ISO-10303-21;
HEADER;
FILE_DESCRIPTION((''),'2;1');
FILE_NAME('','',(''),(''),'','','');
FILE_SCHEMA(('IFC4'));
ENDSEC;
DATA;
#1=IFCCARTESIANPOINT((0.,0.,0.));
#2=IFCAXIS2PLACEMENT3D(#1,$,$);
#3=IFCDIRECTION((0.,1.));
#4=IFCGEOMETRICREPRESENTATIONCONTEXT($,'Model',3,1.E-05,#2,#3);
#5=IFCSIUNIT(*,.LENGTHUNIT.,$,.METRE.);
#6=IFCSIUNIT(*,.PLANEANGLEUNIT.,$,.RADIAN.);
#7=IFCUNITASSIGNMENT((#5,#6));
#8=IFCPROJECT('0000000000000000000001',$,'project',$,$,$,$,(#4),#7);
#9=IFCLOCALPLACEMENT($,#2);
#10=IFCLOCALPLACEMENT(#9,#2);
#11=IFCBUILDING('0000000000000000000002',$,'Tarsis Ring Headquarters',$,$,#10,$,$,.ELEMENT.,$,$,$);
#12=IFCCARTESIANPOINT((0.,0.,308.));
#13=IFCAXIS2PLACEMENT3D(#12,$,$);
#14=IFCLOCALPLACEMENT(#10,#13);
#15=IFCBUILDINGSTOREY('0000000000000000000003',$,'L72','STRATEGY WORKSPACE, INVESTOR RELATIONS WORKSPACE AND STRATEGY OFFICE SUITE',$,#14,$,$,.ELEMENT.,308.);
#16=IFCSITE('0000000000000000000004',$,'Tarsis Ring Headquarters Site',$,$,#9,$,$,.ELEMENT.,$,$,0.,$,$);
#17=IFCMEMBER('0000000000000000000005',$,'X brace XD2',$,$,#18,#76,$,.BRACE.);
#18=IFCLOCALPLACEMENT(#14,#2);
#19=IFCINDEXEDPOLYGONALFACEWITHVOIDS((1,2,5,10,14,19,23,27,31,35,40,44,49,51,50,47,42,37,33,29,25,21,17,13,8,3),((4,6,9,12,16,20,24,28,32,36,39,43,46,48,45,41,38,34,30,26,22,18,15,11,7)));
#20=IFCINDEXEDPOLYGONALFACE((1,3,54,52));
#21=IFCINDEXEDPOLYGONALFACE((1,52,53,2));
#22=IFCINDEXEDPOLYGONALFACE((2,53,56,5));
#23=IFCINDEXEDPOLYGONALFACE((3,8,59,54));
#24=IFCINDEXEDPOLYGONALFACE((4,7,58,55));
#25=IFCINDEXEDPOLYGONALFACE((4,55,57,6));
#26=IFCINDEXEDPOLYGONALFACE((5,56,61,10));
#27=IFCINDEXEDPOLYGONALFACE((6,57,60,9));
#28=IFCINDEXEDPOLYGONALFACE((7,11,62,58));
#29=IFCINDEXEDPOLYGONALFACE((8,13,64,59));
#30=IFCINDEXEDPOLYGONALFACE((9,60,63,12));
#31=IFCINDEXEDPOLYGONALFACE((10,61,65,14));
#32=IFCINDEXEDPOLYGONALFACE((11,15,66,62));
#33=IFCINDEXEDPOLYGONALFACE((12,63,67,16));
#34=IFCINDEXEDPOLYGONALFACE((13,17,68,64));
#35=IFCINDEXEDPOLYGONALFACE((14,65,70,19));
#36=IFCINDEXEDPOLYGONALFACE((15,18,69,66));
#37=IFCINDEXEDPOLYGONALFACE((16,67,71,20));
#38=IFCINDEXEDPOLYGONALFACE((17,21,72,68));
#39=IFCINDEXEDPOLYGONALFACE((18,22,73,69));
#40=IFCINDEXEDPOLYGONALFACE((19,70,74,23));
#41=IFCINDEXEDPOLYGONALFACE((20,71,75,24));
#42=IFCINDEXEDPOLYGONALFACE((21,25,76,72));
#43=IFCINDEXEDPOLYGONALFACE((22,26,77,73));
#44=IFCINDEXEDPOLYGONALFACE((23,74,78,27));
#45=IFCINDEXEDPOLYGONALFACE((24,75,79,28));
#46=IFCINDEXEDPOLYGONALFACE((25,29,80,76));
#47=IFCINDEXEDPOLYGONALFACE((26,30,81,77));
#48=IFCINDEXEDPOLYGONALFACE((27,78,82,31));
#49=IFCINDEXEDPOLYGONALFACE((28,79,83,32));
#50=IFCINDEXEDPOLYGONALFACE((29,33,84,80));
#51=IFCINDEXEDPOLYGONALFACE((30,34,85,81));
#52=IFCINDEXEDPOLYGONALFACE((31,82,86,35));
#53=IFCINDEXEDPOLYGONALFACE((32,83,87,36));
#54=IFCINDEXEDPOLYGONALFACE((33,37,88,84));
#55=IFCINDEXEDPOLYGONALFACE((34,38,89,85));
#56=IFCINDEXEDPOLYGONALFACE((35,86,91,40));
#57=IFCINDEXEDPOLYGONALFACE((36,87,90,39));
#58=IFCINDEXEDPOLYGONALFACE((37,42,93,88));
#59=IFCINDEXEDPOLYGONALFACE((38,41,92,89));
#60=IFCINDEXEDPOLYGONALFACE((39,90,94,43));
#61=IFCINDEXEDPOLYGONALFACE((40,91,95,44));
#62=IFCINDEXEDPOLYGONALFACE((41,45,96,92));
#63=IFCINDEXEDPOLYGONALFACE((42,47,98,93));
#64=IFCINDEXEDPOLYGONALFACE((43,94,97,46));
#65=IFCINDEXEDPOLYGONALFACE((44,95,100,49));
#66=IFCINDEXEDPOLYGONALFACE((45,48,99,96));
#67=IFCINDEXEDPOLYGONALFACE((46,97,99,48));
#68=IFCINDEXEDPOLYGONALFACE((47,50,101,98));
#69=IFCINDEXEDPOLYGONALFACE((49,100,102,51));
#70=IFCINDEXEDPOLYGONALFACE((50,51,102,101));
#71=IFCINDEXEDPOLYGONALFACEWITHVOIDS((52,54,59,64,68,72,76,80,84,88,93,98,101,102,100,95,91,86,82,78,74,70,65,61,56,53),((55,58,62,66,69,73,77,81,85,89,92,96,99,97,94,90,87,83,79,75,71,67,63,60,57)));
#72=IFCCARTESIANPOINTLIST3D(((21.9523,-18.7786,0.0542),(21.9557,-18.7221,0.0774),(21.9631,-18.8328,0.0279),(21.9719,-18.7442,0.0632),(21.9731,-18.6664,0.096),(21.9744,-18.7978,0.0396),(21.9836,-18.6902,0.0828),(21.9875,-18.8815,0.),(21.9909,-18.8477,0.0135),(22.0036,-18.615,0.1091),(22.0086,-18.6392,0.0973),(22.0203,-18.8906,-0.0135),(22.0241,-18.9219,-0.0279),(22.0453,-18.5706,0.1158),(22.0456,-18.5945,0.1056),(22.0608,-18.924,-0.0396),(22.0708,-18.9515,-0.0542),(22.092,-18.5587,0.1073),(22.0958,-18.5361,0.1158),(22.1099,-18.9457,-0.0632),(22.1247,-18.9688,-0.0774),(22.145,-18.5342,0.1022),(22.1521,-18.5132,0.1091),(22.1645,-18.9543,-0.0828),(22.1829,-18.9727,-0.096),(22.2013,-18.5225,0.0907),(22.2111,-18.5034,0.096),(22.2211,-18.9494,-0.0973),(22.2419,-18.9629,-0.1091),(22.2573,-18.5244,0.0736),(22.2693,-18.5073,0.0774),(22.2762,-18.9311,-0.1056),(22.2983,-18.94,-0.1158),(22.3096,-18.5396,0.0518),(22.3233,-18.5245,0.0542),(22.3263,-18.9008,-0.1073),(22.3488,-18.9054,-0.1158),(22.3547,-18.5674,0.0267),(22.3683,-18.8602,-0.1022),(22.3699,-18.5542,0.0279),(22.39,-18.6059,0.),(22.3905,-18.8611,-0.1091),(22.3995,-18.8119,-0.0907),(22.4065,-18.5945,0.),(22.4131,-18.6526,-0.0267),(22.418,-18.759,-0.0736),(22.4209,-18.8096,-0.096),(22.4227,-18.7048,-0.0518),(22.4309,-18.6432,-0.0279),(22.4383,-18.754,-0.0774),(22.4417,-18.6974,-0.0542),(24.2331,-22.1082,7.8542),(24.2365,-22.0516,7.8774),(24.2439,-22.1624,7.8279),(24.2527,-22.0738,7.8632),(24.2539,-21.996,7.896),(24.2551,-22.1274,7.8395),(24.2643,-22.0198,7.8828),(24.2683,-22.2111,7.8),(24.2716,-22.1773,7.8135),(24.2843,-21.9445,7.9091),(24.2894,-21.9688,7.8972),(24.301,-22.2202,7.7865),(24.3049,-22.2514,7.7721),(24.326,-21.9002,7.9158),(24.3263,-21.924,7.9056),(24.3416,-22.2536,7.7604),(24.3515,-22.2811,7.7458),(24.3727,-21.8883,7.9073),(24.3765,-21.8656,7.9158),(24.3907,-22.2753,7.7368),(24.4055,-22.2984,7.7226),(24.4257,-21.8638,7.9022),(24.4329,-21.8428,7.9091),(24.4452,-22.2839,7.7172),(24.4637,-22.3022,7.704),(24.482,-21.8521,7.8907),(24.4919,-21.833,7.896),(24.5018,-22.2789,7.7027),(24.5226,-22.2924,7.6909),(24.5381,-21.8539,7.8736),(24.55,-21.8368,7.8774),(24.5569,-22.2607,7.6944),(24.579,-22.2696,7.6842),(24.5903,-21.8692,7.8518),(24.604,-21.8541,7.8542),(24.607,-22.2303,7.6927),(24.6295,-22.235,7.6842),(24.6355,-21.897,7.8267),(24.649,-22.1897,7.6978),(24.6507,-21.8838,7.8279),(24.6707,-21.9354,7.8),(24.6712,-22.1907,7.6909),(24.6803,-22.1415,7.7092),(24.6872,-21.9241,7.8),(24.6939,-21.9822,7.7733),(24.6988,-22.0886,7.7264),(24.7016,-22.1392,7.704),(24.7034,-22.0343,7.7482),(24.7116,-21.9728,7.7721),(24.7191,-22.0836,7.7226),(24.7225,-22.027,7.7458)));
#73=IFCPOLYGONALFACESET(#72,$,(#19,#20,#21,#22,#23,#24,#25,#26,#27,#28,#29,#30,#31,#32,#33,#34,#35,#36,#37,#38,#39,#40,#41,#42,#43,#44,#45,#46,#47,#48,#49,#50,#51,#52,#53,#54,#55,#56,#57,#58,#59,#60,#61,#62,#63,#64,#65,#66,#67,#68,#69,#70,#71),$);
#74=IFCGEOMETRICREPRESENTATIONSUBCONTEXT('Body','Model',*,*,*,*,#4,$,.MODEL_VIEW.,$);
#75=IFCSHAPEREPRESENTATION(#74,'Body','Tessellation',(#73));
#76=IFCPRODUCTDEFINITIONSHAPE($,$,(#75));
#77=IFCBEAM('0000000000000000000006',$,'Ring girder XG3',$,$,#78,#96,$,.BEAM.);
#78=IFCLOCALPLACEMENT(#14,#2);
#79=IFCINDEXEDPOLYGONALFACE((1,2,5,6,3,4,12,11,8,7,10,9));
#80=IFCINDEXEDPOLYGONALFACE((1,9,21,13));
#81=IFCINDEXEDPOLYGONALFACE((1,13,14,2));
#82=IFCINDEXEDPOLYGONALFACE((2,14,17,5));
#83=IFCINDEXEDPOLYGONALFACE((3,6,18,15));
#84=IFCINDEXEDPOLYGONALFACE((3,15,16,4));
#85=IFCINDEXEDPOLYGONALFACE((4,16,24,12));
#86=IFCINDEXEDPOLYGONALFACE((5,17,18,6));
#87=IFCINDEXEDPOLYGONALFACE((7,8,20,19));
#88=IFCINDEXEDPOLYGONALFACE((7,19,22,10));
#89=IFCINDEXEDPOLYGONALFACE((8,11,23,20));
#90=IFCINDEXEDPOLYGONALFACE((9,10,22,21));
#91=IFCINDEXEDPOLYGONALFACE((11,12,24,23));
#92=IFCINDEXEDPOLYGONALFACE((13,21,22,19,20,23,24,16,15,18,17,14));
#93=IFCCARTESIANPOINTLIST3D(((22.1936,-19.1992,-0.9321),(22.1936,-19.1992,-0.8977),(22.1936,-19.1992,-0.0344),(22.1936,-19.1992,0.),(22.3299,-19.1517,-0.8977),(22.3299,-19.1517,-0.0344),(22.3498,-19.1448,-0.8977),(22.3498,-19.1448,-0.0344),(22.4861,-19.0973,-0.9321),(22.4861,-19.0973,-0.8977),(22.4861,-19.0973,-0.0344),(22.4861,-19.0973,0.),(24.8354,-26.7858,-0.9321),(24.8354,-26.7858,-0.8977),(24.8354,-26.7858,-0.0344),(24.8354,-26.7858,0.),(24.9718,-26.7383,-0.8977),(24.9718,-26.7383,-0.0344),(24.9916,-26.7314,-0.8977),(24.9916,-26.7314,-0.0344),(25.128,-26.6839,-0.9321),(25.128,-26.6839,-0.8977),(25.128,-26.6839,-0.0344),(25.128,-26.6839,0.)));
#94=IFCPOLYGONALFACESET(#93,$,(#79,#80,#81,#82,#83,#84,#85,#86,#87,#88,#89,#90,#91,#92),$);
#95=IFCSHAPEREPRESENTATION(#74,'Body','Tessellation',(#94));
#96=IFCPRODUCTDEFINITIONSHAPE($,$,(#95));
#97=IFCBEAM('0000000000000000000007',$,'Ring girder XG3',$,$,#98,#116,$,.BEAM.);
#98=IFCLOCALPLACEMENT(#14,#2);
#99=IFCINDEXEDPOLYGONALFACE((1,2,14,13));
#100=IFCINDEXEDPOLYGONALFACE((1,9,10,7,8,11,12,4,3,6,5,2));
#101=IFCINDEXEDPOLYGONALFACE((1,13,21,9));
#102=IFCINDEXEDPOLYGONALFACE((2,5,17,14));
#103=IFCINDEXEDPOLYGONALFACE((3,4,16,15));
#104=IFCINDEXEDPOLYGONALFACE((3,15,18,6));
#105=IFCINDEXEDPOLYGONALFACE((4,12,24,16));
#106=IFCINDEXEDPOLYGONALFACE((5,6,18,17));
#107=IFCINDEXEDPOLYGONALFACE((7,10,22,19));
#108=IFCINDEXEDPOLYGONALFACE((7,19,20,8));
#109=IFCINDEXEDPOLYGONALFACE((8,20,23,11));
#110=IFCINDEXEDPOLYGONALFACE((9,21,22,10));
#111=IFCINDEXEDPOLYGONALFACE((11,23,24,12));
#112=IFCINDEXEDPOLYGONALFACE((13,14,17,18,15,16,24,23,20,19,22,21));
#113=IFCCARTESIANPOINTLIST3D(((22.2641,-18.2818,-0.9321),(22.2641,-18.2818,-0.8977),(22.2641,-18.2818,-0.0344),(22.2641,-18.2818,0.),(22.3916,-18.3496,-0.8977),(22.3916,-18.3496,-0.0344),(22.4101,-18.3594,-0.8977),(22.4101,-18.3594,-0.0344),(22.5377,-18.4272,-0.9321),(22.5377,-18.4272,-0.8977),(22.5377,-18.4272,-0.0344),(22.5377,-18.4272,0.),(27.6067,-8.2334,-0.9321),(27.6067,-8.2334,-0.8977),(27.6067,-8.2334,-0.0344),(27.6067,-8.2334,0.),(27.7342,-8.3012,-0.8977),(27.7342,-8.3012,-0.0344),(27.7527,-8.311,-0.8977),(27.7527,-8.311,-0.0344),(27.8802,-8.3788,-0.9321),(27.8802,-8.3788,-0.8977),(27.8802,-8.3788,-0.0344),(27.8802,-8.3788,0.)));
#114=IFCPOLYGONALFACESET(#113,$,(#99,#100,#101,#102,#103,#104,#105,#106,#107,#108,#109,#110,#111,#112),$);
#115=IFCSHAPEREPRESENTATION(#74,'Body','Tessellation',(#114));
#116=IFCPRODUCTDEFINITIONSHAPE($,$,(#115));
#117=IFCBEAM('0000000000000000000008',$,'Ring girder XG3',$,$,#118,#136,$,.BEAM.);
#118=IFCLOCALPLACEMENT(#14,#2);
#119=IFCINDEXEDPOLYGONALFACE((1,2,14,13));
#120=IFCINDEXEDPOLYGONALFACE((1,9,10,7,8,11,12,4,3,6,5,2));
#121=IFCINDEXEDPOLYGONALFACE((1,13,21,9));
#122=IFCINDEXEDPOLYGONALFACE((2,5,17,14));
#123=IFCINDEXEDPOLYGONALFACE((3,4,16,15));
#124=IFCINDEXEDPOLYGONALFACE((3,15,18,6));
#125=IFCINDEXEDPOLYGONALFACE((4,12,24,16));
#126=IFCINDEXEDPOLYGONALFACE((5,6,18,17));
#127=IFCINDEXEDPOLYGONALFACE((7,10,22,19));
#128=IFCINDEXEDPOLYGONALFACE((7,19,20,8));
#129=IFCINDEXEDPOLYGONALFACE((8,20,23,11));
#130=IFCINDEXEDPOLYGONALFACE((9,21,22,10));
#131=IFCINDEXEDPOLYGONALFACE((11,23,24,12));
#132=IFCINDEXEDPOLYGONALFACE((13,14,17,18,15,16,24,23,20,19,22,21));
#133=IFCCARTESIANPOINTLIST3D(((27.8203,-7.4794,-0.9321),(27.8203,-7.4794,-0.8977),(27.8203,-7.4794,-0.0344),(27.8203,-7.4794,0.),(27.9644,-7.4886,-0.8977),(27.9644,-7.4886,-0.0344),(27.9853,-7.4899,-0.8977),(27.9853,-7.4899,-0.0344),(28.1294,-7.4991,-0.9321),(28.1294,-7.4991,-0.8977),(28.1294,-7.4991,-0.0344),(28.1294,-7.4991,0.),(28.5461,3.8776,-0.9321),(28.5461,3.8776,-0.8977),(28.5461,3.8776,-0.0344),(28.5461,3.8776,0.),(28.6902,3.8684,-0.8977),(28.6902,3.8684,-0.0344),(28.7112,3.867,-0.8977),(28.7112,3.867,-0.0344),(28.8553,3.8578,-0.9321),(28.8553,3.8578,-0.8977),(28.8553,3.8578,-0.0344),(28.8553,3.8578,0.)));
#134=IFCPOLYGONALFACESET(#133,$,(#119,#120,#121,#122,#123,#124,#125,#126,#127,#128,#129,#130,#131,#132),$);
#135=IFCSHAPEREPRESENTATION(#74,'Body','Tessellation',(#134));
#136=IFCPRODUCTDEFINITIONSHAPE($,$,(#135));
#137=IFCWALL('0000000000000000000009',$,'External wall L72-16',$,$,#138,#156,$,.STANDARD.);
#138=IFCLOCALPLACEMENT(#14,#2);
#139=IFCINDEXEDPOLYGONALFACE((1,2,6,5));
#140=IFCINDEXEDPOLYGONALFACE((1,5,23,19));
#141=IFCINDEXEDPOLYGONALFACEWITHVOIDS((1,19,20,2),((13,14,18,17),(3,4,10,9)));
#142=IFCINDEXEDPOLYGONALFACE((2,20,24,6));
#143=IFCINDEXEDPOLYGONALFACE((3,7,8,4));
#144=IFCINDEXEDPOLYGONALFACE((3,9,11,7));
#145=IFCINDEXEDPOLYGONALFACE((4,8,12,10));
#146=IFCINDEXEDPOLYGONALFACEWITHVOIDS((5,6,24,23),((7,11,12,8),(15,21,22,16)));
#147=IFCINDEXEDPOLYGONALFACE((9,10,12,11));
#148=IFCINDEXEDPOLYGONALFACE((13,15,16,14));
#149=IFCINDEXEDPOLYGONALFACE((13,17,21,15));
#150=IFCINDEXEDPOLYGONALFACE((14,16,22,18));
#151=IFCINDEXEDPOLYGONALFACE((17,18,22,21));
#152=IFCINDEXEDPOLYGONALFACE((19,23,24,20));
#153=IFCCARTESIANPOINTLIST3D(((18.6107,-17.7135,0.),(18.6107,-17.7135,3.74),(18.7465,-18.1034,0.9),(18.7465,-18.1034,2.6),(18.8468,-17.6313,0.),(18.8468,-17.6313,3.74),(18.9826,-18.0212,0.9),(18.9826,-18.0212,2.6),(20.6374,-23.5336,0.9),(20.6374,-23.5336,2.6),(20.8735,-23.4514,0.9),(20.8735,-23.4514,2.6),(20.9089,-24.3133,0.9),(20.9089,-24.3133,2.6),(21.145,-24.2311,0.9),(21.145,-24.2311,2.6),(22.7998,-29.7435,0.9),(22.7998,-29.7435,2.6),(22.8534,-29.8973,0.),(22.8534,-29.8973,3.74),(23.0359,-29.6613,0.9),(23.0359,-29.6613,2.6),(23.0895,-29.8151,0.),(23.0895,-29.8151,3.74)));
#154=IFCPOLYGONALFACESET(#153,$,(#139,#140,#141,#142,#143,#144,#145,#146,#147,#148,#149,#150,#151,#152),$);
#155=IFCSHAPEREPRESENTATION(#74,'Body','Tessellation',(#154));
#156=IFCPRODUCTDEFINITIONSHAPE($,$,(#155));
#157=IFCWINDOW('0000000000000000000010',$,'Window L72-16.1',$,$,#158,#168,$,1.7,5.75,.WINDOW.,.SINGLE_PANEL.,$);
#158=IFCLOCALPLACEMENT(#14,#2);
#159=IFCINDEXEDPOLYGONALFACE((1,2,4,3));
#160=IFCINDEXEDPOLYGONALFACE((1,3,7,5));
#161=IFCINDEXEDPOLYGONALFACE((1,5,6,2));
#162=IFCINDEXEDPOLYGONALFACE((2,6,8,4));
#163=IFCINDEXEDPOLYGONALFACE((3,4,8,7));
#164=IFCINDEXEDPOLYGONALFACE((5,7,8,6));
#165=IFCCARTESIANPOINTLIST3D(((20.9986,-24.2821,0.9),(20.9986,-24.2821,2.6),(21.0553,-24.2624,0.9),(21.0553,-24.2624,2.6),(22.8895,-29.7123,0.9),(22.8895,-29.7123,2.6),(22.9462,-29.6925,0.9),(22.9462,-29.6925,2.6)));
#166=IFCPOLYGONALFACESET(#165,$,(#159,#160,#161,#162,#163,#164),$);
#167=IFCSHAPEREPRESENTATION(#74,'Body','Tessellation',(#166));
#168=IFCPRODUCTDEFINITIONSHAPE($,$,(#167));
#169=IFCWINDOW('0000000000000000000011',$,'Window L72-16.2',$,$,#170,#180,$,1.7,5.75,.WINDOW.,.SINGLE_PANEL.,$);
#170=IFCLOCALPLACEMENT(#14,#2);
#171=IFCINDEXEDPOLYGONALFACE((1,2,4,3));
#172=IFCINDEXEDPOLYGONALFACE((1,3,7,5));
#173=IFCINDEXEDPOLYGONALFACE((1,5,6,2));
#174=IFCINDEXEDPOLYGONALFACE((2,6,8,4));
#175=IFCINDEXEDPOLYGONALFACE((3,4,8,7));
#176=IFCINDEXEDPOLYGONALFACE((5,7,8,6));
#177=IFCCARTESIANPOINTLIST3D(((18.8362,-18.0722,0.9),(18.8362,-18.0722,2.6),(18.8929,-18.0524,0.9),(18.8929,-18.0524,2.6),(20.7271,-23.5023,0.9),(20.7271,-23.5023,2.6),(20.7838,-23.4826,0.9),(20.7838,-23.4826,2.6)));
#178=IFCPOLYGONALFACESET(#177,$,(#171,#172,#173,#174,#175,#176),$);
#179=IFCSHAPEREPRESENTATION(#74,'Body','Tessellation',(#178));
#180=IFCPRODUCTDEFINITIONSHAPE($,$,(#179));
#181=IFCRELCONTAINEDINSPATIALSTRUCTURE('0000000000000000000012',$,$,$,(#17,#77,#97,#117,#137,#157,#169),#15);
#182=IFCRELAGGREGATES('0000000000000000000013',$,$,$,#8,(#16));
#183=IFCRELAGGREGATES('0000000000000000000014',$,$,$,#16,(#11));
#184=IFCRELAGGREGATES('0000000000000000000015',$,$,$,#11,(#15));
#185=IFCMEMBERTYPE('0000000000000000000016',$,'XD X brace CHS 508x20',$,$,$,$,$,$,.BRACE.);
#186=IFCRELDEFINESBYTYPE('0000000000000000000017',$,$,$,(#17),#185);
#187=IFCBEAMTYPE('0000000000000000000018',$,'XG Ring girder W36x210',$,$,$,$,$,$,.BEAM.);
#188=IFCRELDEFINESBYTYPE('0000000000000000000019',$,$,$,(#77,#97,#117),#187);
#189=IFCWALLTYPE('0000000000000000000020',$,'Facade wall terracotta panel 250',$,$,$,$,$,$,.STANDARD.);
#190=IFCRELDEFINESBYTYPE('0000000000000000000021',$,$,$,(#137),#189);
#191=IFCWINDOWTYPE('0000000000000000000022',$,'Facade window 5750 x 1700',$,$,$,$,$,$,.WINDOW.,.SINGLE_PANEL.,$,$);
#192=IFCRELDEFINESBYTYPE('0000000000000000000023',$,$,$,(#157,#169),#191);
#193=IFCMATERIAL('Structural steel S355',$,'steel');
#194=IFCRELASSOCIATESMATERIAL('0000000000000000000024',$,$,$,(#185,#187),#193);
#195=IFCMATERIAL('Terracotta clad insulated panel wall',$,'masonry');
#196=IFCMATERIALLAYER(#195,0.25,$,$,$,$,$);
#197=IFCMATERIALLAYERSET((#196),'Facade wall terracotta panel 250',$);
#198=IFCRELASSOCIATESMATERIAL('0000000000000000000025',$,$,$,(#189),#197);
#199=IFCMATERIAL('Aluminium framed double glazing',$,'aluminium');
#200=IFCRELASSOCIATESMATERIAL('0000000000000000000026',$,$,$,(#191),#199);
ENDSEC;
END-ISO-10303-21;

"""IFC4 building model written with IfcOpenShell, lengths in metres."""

from ifc_helpers import new_model, si_unit, direction, frame, frame_2d, origin, origin_2d, place, context, subcontext, project, spatial, rectangle, hollow_circle, i_section, extrude, material, layer, layer_set, material_profile, profile_set, type_object, element, fill, save


model = new_model("IFC4")

# Units and contexts
model_context = context("Model", 3, precision=1e-05, world=origin(), true_north=direction((0.0, 1.0)))
body_context = subcontext(model_context, "Body", "Model", "MODEL_VIEW")
ifc_project = project(units=[si_unit("LENGTHUNIT", "METRE"), si_unit("PLANEANGLEUNIT", "RADIAN")], contexts=[model_context])

# Site, building, storey
site_placement = place(None, origin())
site = spatial("IfcSite", under=ifc_project, at=site_placement, Name="Tarsis Ring Headquarters Site", CompositionType="ELEMENT", RefElevation=0.0)
building_placement = place(site_placement, origin())
building = spatial("IfcBuilding", under=site, at=building_placement, Name="Tarsis Ring Headquarters", CompositionType="ELEMENT")
storey_placement = place(building_placement, frame((0.0, 0.0, 308.0)))
storey = spatial("IfcBuildingStorey", under=building, at=storey_placement, Name="L72", Description="STRATEGY WORKSPACE, INVESTOR RELATIONS WORKSPACE AND STRATEGY OFFICE SUITE", CompositionType="ELEMENT", Elevation=308.0)

# Shared definitions
ifc_material_1 = material(Name="Structural steel S355", Category="steel")

# Member
ifc_material_profile_1 = material_profile(ifc_material_1, hollow_circle(Radius=0.2539, WallThickness=0.02, at=origin_2d()), Name="CHS 508x20")
ifc_profile_set_1 = profile_set([ifc_material_profile_1], Name="Structural steel S355")
member_type = type_object("IfcMemberType", Name="XD X brace CHS 508x20", PredefinedType="BRACE", material=ifc_profile_set_1)
member_1_placement = place(storey_placement, frame((22.197, -18.738, 0.0), z_axis=(0.2597, -0.379125, 0.888156), x_axis=(0.825004, 0.565126, 0.0)))
element("IfcMember", 1, at=member_1_placement, inside=storey, type_object=member_type, Name="X brace XD2", PredefinedType="BRACE", context=body_context, shape_type="SweptSolid", body=[
    extrude(hollow_circle(Radius=0.2539, WallThickness=0.02, at=origin_2d()), origin(), (0.0, 0.0, 1.0), 8.7822),
])

# Beams
ifc_material_profile_2 = material_profile(ifc_material_1, i_section(OverallWidth=0.3098, OverallDepth=0.9321, WebThickness=0.021, FlangeThickness=0.0344, at=origin_2d()), Name="W36x210")
ifc_profile_set_2 = profile_set([ifc_material_profile_2], Name="Structural steel S355")
beam_type = type_object("IfcBeamType", Name="XG Ring girder W36x210", PredefinedType="BEAM", material=ifc_profile_set_2)
beam_1_placement = place(storey_placement, frame((24.9817, -26.7349, -0.4661), z_axis=(-0.328854, 0.944381, 0.0), x_axis=(-0.944381, -0.328854, 0.0)))
element("IfcBeam", 2, at=beam_1_placement, inside=storey, type_object=beam_type, Name="Ring girder XG3", PredefinedType="BEAM", context=body_context, shape_type="SweptSolid", body=[
    extrude(i_section(OverallWidth=0.3098, OverallDepth=0.9321, WebThickness=0.021, FlangeThickness=0.0344, at=origin_2d()), origin(), (0.0, 0.0, 1.0), 8.0334),
])
beam_2_placement = place(storey_placement, frame((22.4009, -18.3545, -0.4661), z_axis=(0.469453, 0.882957, 0.0), x_axis=(-0.882957, 0.469453, 0.0)))
element("IfcBeam", 3, at=beam_2_placement, inside=storey, type_object=beam_type, Name="Ring girder XG3", PredefinedType="BEAM", context=body_context, shape_type="SweptSolid", body=[
    extrude(i_section(OverallWidth=0.3098, OverallDepth=0.9321, WebThickness=0.021, FlangeThickness=0.0344, at=origin_2d()), origin(), (0.0, 0.0, 1.0), 11.3804),
])
beam_3_placement = place(storey_placement, frame((27.9749, -7.4893, -0.4661), z_axis=(0.063781, 0.997964, 0.0), x_axis=(-0.997964, 0.063781, 0.0)))
element("IfcBeam", 4, at=beam_3_placement, inside=storey, type_object=beam_type, Name="Ring girder XG3", PredefinedType="BEAM", context=body_context, shape_type="SweptSolid", body=[
    extrude(i_section(OverallWidth=0.3098, OverallDepth=0.9321, WebThickness=0.021, FlangeThickness=0.0344, at=origin_2d()), origin(), (0.0, 0.0, 1.0), 11.3801),
])

# Wall, openings, windows
ifc_material_2 = material(Name="Terracotta clad insulated panel wall", Category="masonry")
ifc_layer = layer(ifc_material_2, 0.25)
ifc_layer_set = layer_set([ifc_layer], Name="Facade wall terracotta panel 250")
wall_type = type_object("IfcWallType", Name="Facade wall terracotta panel 250", PredefinedType="STANDARD", material=ifc_layer_set)
wall_1_placement = place(storey_placement, frame((22.9714, -29.8562, 0.0), z_axis=(0.0, 0.0, 1.0), x_axis=(-0.328854, 0.944381, 0.0)))
wall_1 = element("IfcWall", 5, at=wall_1_placement, inside=storey, type_object=wall_type, Name="External wall L72-16", PredefinedType="STANDARD", context=body_context, shape_type="SweptSolid", body=[
    extrude(rectangle(XDim=12.9014, YDim=0.25, at=frame_2d((6.4507, 0.0))), origin(), (0.0, 0.0, 1.0), 3.74),
])
opening_1_placement = place(wall_1_placement, frame((0.1628, 0.0, 0.8999)))
opening_1 = element("IfcOpeningElement", 6, at=opening_1_placement, cuts=wall_1, PredefinedType="OPENING", context=body_context, shape_type="SweptSolid", body=[
    extrude(rectangle(XDim=5.75, YDim=1.7, at=frame_2d((2.875, 0.8501))), frame((0.0, 0.135, 0.0), z_axis=(0.0, -1.0, 0.0), x_axis=(1.0, 0.0, 0.0)), (0.0, 0.0, 1.0), 0.27),
])
opening_2_placement = place(wall_1_placement, frame((6.7385, 0.0, 0.8999)))
opening_2 = element("IfcOpeningElement", 7, at=opening_2_placement, cuts=wall_1, PredefinedType="OPENING", context=body_context, shape_type="SweptSolid", body=[
    extrude(rectangle(XDim=5.75, YDim=1.7, at=frame_2d((2.875, 0.8501))), frame((0.0, 0.135, 0.0), z_axis=(0.0, -1.0, 0.0), x_axis=(1.0, 0.0, 0.0)), (0.0, 0.0, 1.0), 0.27),
])
ifc_material_3 = material(Name="Aluminium framed double glazing", Category="aluminium")
window_type_1 = type_object("IfcWindowType", Name="Facade window 5750 x 1700", PartitioningType="SINGLE_PANEL", PredefinedType="WINDOW", material=ifc_material_3)
window_1_placement = place(opening_1_placement, origin())
window_1 = element("IfcWindow", 8, at=window_1_placement, inside=storey, type_object=window_type_1, Name="Window L72-16.1", OverallHeight=1.7, OverallWidth=5.75, PartitioningType="SINGLE_PANEL", PredefinedType="WINDOW", context=body_context, shape_type="SweptSolid", body=[
    extrude(rectangle(XDim=5.75, YDim=1.7, at=frame_2d((2.875, 0.8501))), frame((0.0, 0.03, 0.0), z_axis=(0.0, -1.0, 0.0), x_axis=(1.0, 0.0, 0.0)), (0.0, 0.0, 1.0), 0.0601),
])
fill(opening_1, window_1)
window_2_placement = place(opening_2_placement, origin())
window_2 = element("IfcWindow", 9, at=window_2_placement, inside=storey, type_object=window_type_1, Name="Window L72-16.2", OverallHeight=1.7, OverallWidth=5.75, PartitioningType="SINGLE_PANEL", PredefinedType="WINDOW", context=body_context, shape_type="SweptSolid", body=[
    extrude(rectangle(XDim=5.75, YDim=1.7, at=frame_2d((2.875, 0.8501))), frame((0.0, 0.03, 0.0), z_axis=(0.0, -1.0, 0.0), x_axis=(1.0, 0.0, 0.0)), (0.0, 0.0, 1.0), 0.0601),
])
fill(opening_2, window_2)

save(model, "model.ifc")
